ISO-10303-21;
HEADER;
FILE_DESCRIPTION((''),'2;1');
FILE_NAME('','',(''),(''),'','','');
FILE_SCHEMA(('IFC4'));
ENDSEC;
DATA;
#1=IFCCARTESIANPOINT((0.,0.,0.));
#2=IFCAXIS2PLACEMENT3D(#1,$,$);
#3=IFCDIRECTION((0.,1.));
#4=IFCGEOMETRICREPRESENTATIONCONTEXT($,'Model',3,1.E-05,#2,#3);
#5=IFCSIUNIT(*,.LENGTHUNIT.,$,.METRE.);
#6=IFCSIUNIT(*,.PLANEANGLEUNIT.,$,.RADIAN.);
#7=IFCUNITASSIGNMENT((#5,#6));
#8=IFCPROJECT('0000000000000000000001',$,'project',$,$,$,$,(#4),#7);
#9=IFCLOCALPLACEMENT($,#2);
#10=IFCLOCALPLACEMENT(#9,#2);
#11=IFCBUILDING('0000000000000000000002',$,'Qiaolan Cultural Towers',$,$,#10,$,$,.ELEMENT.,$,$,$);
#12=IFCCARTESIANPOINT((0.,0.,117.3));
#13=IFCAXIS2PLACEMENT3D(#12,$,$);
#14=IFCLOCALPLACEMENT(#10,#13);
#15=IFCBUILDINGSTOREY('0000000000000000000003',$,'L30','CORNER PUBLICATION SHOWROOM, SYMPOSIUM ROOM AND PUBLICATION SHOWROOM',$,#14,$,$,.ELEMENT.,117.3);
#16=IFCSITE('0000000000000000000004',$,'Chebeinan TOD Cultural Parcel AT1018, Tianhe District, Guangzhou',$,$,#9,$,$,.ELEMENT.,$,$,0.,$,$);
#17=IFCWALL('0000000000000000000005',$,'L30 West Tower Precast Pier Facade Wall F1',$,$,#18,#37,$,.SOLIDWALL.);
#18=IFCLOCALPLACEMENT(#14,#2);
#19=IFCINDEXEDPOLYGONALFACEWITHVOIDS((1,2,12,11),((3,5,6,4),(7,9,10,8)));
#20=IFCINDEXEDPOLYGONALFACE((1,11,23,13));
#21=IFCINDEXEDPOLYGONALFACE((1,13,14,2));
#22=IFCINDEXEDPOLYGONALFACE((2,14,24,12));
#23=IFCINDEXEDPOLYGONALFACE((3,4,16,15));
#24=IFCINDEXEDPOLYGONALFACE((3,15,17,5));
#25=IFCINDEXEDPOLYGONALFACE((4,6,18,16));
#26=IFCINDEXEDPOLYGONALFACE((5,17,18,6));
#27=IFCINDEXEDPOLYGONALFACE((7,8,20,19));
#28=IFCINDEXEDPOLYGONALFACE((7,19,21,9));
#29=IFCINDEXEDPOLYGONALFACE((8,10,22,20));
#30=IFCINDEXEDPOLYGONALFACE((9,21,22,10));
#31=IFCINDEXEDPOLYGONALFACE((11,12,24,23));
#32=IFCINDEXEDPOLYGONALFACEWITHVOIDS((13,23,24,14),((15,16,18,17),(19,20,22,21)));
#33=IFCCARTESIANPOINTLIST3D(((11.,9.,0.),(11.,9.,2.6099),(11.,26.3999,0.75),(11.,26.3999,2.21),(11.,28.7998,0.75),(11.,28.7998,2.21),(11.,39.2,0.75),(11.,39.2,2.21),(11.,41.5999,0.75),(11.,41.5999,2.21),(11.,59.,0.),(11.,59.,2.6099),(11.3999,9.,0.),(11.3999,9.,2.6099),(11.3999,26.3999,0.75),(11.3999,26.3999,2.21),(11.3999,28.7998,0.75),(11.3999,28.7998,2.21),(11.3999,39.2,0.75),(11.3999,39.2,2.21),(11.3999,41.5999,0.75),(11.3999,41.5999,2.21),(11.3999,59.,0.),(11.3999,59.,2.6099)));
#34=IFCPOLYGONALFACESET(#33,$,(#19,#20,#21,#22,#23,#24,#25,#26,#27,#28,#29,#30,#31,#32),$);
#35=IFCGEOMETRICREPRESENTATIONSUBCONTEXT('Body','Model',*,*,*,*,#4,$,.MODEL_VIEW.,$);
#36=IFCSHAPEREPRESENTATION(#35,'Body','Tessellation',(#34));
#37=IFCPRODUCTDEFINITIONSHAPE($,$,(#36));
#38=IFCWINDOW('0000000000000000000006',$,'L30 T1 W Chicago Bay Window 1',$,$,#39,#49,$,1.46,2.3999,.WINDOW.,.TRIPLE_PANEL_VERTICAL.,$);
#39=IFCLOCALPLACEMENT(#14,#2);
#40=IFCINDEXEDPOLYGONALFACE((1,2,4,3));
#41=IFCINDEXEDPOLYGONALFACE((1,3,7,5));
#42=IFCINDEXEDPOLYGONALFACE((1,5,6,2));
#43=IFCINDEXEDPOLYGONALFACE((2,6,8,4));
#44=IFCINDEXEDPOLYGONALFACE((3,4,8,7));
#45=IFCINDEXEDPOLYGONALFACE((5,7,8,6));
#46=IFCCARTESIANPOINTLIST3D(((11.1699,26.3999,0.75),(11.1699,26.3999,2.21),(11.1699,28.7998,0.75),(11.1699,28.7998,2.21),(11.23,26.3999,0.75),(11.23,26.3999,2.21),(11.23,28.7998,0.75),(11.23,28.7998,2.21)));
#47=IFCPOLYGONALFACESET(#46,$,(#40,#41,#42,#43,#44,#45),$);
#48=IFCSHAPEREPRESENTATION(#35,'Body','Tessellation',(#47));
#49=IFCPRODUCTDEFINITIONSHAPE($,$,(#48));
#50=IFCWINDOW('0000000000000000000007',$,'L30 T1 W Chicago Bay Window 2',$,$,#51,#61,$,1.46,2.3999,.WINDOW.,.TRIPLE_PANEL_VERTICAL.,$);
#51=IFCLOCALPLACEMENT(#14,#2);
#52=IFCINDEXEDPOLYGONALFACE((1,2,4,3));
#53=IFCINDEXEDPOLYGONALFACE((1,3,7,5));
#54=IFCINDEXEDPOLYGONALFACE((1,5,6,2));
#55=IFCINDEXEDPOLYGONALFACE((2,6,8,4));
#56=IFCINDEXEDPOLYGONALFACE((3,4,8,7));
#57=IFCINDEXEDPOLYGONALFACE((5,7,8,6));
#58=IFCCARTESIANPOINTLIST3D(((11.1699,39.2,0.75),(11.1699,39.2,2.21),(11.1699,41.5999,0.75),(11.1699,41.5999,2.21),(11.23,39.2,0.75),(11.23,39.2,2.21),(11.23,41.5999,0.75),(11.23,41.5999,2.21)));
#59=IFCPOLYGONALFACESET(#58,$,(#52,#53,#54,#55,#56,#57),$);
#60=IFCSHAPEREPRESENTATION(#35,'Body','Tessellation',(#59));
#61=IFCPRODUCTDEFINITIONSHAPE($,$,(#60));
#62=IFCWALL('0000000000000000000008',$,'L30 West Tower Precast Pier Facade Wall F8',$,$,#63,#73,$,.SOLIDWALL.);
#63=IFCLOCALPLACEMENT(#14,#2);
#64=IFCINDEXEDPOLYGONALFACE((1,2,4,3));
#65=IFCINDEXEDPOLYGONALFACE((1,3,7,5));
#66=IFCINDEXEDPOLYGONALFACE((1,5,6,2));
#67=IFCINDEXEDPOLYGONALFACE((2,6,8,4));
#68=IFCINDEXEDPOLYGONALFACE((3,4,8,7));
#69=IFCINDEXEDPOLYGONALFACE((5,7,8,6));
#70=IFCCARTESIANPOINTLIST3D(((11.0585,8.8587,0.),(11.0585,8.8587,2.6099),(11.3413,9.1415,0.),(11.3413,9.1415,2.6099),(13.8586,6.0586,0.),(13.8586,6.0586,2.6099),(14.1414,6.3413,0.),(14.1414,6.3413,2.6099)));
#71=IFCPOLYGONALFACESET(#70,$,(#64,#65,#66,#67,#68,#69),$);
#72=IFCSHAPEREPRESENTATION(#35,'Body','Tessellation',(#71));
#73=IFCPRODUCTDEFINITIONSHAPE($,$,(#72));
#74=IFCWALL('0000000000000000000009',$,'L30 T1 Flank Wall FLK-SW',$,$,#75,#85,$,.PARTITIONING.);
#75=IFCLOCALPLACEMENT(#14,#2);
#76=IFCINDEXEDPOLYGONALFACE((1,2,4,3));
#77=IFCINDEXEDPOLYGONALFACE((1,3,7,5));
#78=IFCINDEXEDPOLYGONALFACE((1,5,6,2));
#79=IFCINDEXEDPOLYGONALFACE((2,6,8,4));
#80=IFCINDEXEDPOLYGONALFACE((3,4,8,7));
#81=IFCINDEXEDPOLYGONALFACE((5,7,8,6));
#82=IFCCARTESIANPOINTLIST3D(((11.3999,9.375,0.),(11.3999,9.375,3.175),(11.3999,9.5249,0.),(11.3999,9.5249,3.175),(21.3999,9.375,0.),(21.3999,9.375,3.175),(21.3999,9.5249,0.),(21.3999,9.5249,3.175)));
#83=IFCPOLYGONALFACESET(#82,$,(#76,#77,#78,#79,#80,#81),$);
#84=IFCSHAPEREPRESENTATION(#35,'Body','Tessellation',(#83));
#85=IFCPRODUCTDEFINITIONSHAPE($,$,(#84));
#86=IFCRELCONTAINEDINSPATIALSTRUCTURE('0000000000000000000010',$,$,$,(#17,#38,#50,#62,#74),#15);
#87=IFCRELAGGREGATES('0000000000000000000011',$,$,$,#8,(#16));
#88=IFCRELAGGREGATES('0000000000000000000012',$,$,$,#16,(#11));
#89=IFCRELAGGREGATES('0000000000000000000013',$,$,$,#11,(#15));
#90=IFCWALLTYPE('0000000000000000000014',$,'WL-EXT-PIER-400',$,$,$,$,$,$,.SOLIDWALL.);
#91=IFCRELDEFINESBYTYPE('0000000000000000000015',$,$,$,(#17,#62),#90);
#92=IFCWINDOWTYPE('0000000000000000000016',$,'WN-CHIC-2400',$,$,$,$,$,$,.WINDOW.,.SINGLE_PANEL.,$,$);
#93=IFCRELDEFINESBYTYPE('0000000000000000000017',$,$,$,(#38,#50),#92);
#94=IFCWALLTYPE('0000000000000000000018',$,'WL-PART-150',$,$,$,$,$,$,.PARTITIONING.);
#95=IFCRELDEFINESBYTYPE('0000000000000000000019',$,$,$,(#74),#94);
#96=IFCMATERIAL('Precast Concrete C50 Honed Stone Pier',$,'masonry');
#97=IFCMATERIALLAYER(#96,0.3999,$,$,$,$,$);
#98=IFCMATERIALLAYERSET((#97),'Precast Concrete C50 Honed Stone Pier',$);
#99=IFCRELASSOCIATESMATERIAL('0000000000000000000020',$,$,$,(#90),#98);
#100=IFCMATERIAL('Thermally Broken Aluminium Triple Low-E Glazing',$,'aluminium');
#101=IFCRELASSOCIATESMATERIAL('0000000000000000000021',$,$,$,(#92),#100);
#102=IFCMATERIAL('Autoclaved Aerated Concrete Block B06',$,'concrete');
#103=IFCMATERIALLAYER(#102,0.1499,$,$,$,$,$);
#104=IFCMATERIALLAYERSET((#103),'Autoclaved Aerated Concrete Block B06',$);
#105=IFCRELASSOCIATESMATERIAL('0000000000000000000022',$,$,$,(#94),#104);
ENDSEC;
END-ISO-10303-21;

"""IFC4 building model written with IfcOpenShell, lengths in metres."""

from ifc_helpers import new_model, si_unit, direction, frame, frame_2d, origin, place, context, subcontext, project, spatial, rectangle, extrude, material, layer, layer_set, type_object, element, fill, save


model = new_model("IFC4")

# Units and contexts
model_context = context("Model", 3, precision=1e-05, world=origin(), true_north=direction((0.0, 1.0)))
body_context = subcontext(model_context, "Body", "Model", "MODEL_VIEW")
ifc_project = project(units=[si_unit("LENGTHUNIT", "METRE"), si_unit("PLANEANGLEUNIT", "RADIAN")], contexts=[model_context])

# Site, building, storey
site_placement = place(None, origin())
site = spatial("IfcSite", under=ifc_project, at=site_placement, Name="Chebeinan TOD Cultural Parcel AT1018, Tianhe District, Guangzhou", CompositionType="ELEMENT", RefElevation=0.0)
building_placement = place(site_placement, origin())
building = spatial("IfcBuilding", under=site, at=building_placement, Name="Qiaolan Cultural Towers", CompositionType="ELEMENT")
storey_placement = place(building_placement, frame((0.0, 0.0, 117.3)))
storey = spatial("IfcBuildingStorey", under=building, at=storey_placement, Name="L30", Description="CORNER PUBLICATION SHOWROOM, SYMPOSIUM ROOM AND PUBLICATION SHOWROOM", CompositionType="ELEMENT", Elevation=117.3)

# Wall, openings, windows
ifc_material_1 = material(Name="Precast Concrete C50 Honed Stone Pier", Category="masonry")
ifc_layer_1 = layer(ifc_material_1, 0.3999)
ifc_layer_set_1 = layer_set([ifc_layer_1], Name="Precast Concrete C50 Honed Stone Pier")
wall_type_1 = type_object("IfcWallType", Name="WL-EXT-PIER-400", PredefinedType="SOLIDWALL", material=ifc_layer_set_1)
wall_1_placement = place(storey_placement, frame((11.2, 9.0, 0.0), z_axis=(0.0, 0.0, 1.0), x_axis=(0.0, 1.0, 0.0)))
wall_1 = element("IfcWall", 1, at=wall_1_placement, inside=storey, type_object=wall_type_1, Name="L30 West Tower Precast Pier Facade Wall F1", PredefinedType="SOLIDWALL", context=body_context, shape_type="SweptSolid", body=[
    extrude(rectangle(XDim=50.0, YDim=0.3999, at=frame_2d((25.0, 0.0))), origin(), (0.0, 0.0, 1.0), 2.6099),
])
opening_1_placement = place(wall_1_placement, frame((17.3999, 0.0, 0.75)))
opening_1 = element("IfcOpeningElement", 2, at=opening_1_placement, cuts=wall_1, PredefinedType="OPENING", context=body_context, shape_type="SweptSolid", body=[
    extrude(rectangle(XDim=2.3999, YDim=1.46, at=frame_2d((1.2, 0.73))), frame((0.0, 0.21, 0.0), z_axis=(0.0, -1.0, 0.0), x_axis=(1.0, 0.0, 0.0)), (0.0, 0.0, 1.0), 0.4199),
])
opening_2_placement = place(wall_1_placement, frame((30.2, 0.0, 0.75)))
opening_2 = element("IfcOpeningElement", 3, at=opening_2_placement, cuts=wall_1, PredefinedType="OPENING", context=body_context, shape_type="SweptSolid", body=[
    extrude(rectangle(XDim=2.3999, YDim=1.46, at=frame_2d((1.2, 0.73))), frame((0.0, 0.21, 0.0), z_axis=(0.0, -1.0, 0.0), x_axis=(1.0, 0.0, 0.0)), (0.0, 0.0, 1.0), 0.4199),
])
ifc_material_2 = material(Name="Thermally Broken Aluminium Triple Low-E Glazing", Category="aluminium")
window_type = type_object("IfcWindowType", Name="WN-CHIC-2400", PartitioningType="SINGLE_PANEL", PredefinedType="WINDOW", material=ifc_material_2)
window_1_placement = place(opening_1_placement, origin())
window_1 = element("IfcWindow", 4, at=window_1_placement, inside=storey, type_object=window_type, Name="L30 T1 W Chicago Bay Window 1", OverallHeight=1.46, OverallWidth=2.3999, PartitioningType="TRIPLE_PANEL_VERTICAL", PredefinedType="WINDOW", context=body_context, shape_type="SweptSolid", body=[
    extrude(rectangle(XDim=2.3999, YDim=1.46, at=frame_2d((1.2, 0.73))), frame((0.0, 0.03, 0.0), z_axis=(0.0, -1.0, 0.0), x_axis=(1.0, 0.0, 0.0)), (0.0, 0.0, 1.0), 0.0601),
])
fill(opening_1, window_1)
window_2_placement = place(opening_2_placement, origin())
window_2 = element("IfcWindow", 5, at=window_2_placement, inside=storey, type_object=window_type, Name="L30 T1 W Chicago Bay Window 2", OverallHeight=1.46, OverallWidth=2.3999, PartitioningType="TRIPLE_PANEL_VERTICAL", PredefinedType="WINDOW", context=body_context, shape_type="SweptSolid", body=[
    extrude(rectangle(XDim=2.3999, YDim=1.46, at=frame_2d((1.2, 0.73))), frame((0.0, 0.03, 0.0), z_axis=(0.0, -1.0, 0.0), x_axis=(1.0, 0.0, 0.0)), (0.0, 0.0, 1.0), 0.0601),
])
fill(opening_2, window_2)

# Walls
wall_2_placement = place(storey_placement, frame((14.0, 6.2, 0.0), z_axis=(0.0, 0.0, 1.0), x_axis=(-0.707107, 0.707107, 0.0)))
element("IfcWall", 6, at=wall_2_placement, inside=storey, type_object=wall_type_1, Name="L30 West Tower Precast Pier Facade Wall F8", PredefinedType="SOLIDWALL", context=body_context, shape_type="SweptSolid", body=[
    extrude(rectangle(XDim=3.96, YDim=0.3999, at=frame_2d((1.98, 0.0))), origin(), (0.0, 0.0, 1.0), 2.6099),
])
ifc_material_3 = material(Name="Autoclaved Aerated Concrete Block B06", Category="concrete")
ifc_layer_2 = layer(ifc_material_3, 0.1499)
ifc_layer_set_2 = layer_set([ifc_layer_2], Name="Autoclaved Aerated Concrete Block B06")
wall_type_2 = type_object("IfcWallType", Name="WL-PART-150", PredefinedType="PARTITIONING", material=ifc_layer_set_2)
wall_3_placement = place(storey_placement, frame((11.3999, 9.45, 0.0), z_axis=(0.0, 0.0, 1.0), x_axis=(1.0, 0.0, 0.0)))
element("IfcWall", 7, at=wall_3_placement, inside=storey, type_object=wall_type_2, Name="L30 T1 Flank Wall FLK-SW", PredefinedType="PARTITIONING", context=body_context, shape_type="SweptSolid", body=[
    extrude(rectangle(XDim=10.0, YDim=0.1499, at=frame_2d((5.0, 0.0))), origin(), (0.0, 0.0, 1.0), 3.175),
])

save(model, "model.ifc")
